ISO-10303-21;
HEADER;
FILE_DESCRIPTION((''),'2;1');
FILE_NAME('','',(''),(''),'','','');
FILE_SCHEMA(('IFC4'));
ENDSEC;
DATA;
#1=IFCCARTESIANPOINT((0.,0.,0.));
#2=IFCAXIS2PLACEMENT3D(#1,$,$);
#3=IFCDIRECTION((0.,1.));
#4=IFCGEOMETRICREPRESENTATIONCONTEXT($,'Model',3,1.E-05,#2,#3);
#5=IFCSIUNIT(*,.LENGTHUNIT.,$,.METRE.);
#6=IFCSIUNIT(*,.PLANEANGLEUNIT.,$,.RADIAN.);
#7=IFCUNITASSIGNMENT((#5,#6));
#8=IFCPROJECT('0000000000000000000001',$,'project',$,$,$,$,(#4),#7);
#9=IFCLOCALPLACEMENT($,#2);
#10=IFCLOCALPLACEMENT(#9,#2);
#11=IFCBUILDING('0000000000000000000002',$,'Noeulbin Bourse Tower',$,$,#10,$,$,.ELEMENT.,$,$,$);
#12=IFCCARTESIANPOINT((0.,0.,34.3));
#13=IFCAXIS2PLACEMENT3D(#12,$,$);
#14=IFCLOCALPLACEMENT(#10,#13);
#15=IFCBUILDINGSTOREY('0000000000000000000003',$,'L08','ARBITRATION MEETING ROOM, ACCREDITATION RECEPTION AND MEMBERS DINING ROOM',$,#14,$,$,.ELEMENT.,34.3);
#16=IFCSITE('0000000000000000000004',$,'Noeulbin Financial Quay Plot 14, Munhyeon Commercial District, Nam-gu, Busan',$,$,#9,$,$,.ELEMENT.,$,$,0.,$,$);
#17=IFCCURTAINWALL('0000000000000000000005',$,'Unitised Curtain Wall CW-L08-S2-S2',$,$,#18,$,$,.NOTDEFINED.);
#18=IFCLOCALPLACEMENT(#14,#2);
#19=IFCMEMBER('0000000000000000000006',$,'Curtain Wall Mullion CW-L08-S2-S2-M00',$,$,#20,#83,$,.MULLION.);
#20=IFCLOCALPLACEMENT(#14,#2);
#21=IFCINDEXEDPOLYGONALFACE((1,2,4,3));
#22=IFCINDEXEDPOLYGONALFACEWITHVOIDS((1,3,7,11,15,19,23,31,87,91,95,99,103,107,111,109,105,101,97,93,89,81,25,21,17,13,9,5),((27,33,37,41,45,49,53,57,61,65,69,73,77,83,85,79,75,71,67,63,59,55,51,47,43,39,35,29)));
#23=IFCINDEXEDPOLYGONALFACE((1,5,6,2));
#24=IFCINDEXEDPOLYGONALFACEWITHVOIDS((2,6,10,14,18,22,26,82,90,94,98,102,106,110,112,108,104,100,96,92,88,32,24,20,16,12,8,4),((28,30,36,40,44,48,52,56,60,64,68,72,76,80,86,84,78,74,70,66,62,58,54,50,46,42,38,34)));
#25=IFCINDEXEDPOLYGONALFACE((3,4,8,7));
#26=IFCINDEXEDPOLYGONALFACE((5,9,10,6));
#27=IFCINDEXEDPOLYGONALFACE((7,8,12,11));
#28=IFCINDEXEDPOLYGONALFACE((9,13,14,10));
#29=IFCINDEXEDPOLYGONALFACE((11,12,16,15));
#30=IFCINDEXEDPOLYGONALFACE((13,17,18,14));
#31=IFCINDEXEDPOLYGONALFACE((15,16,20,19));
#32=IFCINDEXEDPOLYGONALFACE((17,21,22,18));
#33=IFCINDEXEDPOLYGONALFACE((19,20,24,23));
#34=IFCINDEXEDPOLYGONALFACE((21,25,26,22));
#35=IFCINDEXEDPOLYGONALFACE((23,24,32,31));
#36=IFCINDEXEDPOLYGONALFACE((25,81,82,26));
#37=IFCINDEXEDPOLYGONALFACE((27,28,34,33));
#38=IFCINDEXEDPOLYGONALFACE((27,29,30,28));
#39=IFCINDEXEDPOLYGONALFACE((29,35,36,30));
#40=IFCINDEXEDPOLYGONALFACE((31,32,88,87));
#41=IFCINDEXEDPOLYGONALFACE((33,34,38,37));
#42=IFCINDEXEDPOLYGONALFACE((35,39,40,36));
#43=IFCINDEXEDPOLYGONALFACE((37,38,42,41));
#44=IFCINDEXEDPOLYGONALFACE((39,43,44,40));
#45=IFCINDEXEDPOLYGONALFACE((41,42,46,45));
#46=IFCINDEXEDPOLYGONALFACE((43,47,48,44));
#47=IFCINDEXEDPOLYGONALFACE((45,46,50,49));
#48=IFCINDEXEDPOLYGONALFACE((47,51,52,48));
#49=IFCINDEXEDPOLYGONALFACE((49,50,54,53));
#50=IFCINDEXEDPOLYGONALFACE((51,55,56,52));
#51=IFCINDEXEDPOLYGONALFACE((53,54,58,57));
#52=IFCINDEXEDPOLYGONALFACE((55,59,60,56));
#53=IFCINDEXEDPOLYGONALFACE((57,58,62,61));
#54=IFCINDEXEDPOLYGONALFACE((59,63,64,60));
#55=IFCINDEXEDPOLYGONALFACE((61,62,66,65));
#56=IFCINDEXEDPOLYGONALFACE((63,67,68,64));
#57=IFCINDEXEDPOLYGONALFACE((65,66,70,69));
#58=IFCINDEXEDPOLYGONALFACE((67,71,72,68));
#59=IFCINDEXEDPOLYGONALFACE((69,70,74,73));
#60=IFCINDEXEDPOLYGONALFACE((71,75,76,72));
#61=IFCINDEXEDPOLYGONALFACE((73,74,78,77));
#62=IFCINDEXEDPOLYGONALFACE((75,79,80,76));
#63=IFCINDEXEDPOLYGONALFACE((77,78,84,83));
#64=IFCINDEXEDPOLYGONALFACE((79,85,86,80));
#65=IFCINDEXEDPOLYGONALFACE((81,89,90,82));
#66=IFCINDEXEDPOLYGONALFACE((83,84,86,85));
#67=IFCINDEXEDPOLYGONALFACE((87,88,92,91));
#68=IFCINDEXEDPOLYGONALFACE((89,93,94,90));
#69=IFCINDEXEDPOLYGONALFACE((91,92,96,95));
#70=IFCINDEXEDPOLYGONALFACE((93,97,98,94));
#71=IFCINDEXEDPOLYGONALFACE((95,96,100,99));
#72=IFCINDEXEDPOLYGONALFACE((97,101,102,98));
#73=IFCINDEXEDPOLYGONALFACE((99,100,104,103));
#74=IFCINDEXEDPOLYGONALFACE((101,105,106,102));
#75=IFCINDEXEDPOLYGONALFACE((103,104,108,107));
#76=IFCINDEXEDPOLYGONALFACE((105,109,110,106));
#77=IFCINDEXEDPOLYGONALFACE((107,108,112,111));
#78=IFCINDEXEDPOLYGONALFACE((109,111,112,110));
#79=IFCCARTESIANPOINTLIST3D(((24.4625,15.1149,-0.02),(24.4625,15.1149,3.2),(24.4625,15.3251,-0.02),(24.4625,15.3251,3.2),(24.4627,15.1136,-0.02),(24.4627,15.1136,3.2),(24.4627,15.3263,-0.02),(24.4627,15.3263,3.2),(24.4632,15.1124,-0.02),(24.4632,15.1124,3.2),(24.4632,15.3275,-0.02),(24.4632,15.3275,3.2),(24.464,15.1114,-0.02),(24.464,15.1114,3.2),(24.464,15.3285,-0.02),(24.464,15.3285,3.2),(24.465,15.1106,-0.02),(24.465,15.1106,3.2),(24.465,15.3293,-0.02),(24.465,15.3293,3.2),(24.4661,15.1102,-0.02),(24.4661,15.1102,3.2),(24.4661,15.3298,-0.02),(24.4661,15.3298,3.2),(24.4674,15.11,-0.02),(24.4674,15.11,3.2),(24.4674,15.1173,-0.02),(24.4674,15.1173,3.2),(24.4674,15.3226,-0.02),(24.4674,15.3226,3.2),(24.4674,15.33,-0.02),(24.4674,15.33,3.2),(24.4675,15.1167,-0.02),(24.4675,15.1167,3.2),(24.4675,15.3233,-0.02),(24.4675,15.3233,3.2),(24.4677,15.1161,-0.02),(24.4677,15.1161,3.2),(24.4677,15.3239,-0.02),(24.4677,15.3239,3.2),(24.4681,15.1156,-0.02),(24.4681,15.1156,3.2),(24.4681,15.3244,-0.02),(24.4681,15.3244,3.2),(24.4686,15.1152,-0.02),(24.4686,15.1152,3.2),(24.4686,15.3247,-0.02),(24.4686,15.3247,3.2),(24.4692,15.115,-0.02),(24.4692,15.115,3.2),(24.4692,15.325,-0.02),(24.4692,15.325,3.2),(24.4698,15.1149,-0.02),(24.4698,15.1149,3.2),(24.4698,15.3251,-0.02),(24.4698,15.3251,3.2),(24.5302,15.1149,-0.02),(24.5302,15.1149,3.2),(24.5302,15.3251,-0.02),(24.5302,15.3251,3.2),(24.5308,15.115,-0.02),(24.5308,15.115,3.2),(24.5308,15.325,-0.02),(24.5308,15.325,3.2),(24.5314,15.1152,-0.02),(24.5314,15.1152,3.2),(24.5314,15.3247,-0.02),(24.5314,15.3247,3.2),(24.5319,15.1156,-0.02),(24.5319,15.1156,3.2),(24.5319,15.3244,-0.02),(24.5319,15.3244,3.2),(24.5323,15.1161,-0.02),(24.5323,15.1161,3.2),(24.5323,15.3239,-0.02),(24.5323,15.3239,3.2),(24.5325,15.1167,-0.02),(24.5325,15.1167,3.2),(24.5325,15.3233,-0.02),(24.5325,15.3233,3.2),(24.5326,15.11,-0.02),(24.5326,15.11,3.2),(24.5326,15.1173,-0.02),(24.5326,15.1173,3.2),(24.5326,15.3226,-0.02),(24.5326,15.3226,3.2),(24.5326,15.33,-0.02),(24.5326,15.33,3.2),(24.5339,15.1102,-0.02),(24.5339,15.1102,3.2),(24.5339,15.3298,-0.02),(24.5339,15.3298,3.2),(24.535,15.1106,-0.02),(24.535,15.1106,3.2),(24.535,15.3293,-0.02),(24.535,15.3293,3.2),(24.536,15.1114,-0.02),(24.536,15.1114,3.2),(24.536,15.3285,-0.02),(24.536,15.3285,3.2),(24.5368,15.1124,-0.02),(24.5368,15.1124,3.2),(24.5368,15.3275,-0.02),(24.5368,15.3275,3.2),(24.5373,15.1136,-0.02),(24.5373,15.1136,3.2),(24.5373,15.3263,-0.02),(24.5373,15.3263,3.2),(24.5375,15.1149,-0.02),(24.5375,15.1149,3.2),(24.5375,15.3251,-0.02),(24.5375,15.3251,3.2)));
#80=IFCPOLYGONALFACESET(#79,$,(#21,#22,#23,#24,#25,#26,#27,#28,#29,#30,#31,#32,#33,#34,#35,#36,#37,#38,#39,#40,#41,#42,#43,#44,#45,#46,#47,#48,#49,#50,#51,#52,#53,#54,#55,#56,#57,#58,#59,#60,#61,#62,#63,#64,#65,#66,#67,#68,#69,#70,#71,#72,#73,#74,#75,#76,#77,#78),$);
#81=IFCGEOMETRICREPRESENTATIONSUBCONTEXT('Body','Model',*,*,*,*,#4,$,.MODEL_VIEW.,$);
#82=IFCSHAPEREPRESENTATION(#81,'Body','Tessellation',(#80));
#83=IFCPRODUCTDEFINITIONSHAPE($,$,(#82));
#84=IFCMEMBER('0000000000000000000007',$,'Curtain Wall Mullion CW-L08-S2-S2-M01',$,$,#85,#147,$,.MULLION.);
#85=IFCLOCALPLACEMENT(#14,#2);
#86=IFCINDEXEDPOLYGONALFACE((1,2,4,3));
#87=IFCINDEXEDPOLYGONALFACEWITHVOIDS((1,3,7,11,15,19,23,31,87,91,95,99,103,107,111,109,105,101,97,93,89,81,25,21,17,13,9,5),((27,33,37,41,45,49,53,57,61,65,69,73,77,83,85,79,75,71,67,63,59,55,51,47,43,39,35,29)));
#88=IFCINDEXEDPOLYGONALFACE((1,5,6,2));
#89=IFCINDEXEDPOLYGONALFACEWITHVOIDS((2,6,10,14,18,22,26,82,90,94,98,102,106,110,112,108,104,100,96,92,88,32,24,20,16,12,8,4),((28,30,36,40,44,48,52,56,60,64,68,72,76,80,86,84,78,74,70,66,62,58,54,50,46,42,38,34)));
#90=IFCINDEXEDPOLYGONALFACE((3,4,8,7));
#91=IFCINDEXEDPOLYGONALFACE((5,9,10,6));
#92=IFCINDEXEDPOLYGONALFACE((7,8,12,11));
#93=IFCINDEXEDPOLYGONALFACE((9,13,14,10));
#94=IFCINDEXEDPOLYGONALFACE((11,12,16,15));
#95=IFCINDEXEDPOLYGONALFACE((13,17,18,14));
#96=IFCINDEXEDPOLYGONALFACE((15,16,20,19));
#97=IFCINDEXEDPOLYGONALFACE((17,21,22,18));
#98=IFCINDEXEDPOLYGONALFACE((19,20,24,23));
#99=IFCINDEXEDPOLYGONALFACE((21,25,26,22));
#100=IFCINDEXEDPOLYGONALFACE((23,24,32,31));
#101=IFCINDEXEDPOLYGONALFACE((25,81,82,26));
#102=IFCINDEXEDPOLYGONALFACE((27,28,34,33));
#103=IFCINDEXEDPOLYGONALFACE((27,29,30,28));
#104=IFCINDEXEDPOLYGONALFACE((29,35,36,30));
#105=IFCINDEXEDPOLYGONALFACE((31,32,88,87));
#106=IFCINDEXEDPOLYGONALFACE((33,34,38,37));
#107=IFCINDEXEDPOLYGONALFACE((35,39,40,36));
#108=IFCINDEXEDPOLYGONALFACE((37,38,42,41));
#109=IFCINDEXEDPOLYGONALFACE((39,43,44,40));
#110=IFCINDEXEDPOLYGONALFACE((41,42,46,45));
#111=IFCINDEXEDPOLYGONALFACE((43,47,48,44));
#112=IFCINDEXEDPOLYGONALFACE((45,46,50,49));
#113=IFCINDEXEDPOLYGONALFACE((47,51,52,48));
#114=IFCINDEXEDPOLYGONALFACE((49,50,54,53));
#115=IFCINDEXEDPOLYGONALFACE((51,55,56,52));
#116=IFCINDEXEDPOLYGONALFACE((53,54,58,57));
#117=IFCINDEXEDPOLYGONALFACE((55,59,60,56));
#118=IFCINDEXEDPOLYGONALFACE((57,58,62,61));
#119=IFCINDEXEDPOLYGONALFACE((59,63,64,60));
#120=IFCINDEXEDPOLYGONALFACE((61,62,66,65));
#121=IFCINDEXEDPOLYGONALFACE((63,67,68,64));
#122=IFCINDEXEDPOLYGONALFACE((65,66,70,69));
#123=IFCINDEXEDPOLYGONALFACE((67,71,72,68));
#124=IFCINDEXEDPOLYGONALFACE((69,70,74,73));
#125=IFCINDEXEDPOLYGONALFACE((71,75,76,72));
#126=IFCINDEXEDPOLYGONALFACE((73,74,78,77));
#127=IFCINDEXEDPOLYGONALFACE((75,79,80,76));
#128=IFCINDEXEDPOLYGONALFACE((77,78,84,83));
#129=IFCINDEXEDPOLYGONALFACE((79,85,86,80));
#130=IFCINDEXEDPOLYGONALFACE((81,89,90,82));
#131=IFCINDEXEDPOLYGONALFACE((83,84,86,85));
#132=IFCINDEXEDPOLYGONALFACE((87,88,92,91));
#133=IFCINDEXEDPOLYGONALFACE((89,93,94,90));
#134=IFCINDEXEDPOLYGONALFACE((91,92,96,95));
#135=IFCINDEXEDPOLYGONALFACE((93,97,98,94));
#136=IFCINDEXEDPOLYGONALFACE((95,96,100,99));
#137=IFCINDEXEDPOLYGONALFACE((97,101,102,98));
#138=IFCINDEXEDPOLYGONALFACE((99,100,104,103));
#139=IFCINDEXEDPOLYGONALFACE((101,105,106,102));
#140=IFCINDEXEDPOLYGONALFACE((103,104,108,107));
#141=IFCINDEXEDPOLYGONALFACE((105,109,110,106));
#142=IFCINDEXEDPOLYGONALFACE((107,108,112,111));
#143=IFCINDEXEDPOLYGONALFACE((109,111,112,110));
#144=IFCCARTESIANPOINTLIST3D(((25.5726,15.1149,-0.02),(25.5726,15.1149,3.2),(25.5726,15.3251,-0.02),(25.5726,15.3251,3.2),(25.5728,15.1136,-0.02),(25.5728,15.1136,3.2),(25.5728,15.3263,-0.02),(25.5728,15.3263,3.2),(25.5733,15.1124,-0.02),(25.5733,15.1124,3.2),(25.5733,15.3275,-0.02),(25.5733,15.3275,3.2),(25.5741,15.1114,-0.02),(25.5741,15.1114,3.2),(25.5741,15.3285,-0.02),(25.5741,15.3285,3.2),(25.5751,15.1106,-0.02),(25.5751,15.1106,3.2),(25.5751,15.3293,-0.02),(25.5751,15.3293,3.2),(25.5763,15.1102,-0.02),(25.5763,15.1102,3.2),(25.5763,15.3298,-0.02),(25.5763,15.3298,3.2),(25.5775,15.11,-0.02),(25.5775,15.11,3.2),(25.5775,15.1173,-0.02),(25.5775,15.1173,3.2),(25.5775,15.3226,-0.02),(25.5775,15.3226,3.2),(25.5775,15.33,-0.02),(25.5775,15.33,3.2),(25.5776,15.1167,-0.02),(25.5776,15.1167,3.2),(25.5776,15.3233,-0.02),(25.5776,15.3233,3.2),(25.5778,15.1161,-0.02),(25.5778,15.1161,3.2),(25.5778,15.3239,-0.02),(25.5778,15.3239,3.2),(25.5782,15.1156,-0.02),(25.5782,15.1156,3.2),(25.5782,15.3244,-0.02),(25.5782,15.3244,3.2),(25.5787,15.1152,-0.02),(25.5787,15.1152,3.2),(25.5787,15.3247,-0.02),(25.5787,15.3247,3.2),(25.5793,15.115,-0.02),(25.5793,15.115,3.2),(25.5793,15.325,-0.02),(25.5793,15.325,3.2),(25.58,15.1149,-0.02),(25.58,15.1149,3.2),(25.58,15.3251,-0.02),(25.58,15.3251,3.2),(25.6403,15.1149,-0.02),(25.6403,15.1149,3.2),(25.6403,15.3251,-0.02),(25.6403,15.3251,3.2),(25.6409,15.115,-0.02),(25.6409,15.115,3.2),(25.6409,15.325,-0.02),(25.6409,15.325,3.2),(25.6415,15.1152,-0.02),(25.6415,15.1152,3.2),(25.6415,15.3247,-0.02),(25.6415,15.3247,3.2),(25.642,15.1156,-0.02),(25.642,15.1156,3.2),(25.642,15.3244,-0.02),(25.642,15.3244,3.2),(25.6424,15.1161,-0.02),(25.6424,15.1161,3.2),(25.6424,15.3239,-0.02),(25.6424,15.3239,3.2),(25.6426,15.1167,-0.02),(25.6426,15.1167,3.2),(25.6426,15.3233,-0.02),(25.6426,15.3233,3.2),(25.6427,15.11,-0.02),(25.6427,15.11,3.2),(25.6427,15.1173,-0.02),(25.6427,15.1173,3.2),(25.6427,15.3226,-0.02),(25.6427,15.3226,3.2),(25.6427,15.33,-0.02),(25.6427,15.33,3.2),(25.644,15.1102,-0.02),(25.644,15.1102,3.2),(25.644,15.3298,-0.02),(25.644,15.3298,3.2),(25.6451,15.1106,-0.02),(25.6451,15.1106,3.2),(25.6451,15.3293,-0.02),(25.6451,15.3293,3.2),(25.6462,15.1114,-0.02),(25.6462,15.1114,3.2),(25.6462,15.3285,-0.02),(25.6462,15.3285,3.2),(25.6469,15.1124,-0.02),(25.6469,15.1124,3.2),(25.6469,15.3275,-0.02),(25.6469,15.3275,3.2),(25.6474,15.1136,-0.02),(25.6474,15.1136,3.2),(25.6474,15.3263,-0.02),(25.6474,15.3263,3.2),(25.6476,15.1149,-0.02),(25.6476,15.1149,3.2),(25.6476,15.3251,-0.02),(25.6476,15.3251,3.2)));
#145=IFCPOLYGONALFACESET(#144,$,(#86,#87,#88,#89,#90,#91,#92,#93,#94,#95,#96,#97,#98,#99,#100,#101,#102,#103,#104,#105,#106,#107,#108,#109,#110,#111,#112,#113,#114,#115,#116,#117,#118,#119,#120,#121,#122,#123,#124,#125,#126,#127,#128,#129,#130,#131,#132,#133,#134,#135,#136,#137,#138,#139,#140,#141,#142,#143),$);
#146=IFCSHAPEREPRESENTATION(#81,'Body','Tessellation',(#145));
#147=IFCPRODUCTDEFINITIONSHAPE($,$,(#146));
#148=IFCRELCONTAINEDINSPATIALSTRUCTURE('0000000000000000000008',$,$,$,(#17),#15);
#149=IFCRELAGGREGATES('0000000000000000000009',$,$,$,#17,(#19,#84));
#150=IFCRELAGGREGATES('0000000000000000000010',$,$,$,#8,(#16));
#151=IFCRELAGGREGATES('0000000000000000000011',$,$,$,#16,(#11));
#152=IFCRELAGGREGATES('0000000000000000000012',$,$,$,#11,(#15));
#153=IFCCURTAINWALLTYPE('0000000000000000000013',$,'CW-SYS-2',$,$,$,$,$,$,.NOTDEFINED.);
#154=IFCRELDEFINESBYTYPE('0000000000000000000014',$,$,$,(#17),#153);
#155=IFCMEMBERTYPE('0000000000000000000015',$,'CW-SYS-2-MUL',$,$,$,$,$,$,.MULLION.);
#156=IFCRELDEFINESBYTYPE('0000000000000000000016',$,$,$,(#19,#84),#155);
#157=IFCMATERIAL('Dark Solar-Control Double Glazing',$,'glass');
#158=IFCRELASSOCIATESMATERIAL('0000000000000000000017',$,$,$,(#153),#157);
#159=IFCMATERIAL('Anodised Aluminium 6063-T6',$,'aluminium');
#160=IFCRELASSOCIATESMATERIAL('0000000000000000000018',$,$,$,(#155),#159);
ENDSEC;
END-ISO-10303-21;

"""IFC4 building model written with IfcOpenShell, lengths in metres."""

from ifc_helpers import new_model, si_unit, direction, frame, origin, origin_2d, place, context, subcontext, project, spatial, hollow_rectangle, extrude, material, material_profile, profile_set, type_object, element, aggregate, save


model = new_model("IFC4")

# Units and contexts
model_context = context("Model", 3, precision=1e-05, world=origin(), true_north=direction((0.0, 1.0)))
body_context = subcontext(model_context, "Body", "Model", "MODEL_VIEW")
ifc_project = project(units=[si_unit("LENGTHUNIT", "METRE"), si_unit("PLANEANGLEUNIT", "RADIAN")], contexts=[model_context])

# Site, building, storey
site_placement = place(None, origin())
site = spatial("IfcSite", under=ifc_project, at=site_placement, Name="Noeulbin Financial Quay Plot 14, Munhyeon Commercial District, Nam-gu, Busan", CompositionType="ELEMENT", RefElevation=0.0)
building_placement = place(site_placement, origin())
building = spatial("IfcBuilding", under=site, at=building_placement, Name="Noeulbin Bourse Tower", CompositionType="ELEMENT")
storey_placement = place(building_placement, frame((0.0, 0.0, 34.3)))
storey = spatial("IfcBuildingStorey", under=building, at=storey_placement, Name="L08", Description="ARBITRATION MEETING ROOM, ACCREDITATION RECEPTION AND MEMBERS DINING ROOM", CompositionType="ELEMENT", Elevation=34.3)

# Shared definitions
ifc_material_1 = material(Name="Dark Solar-Control Double Glazing", Category="glass")
curtain_wall_type = type_object("IfcCurtainWallType", Name="CW-SYS-2", PredefinedType="NOTDEFINED", material=ifc_material_1)
ifc_material_2 = material(Name="Anodised Aluminium 6063-T6", Category="aluminium")
ifc_material_profile_1 = material_profile(ifc_material_2, hollow_rectangle(XDim=0.075, YDim=0.22, WallThickness=0.0049, InnerFilletRadius=0.0024, OuterFilletRadius=0.0049, at=origin_2d()), Name="ALU-MULL-75x220x5", Category="LoadBearing")
ifc_profile_set_1 = profile_set([ifc_material_profile_1], Name="Anodised Aluminium 6063-T6")
member_type_1 = type_object("IfcMemberType", Name="CW-SYS-2-MUL", PredefinedType="MULLION", material=ifc_profile_set_1)

# Curtain wall, members
curtain_wall_1_placement = place(storey_placement, origin())
curtain_wall_1 = element("IfcCurtainWall", 1, at=curtain_wall_1_placement, inside=storey, type_object=curtain_wall_type, Name="Unitised Curtain Wall CW-L08-S2-S2", PredefinedType="NOTDEFINED")
member_1_placement = place(storey_placement, frame((24.5, 15.22, -0.02), z_axis=(0.0, 0.0, 1.0), x_axis=(1.0, 0.0, 0.0)))
member_1 = element("IfcMember", 2, at=member_1_placement, type_object=member_type_1, Name="Curtain Wall Mullion CW-L08-S2-S2-M00", PredefinedType="MULLION", context=body_context, shape_type="SweptSolid", body=[
    extrude(hollow_rectangle(XDim=0.075, YDim=0.22, WallThickness=0.0049, InnerFilletRadius=0.0024, OuterFilletRadius=0.0049, at=origin_2d()), origin(), (0.0, 0.0, 1.0), 3.22),
])
member_2_placement = place(storey_placement, frame((25.6101, 15.22, -0.02), z_axis=(0.0, 0.0, 1.0), x_axis=(1.0, 0.0, 0.0)))
member_2 = element("IfcMember", 3, at=member_2_placement, type_object=member_type_1, Name="Curtain Wall Mullion CW-L08-S2-S2-M01", PredefinedType="MULLION", context=body_context, shape_type="SweptSolid", body=[
    extrude(hollow_rectangle(XDim=0.075, YDim=0.22, WallThickness=0.0049, InnerFilletRadius=0.0024, OuterFilletRadius=0.0049, at=origin_2d()), origin(), (0.0, 0.0, 1.0), 3.22),
])

aggregate(curtain_wall_1, [member_1, member_2])

save(model, "model.ifc")
